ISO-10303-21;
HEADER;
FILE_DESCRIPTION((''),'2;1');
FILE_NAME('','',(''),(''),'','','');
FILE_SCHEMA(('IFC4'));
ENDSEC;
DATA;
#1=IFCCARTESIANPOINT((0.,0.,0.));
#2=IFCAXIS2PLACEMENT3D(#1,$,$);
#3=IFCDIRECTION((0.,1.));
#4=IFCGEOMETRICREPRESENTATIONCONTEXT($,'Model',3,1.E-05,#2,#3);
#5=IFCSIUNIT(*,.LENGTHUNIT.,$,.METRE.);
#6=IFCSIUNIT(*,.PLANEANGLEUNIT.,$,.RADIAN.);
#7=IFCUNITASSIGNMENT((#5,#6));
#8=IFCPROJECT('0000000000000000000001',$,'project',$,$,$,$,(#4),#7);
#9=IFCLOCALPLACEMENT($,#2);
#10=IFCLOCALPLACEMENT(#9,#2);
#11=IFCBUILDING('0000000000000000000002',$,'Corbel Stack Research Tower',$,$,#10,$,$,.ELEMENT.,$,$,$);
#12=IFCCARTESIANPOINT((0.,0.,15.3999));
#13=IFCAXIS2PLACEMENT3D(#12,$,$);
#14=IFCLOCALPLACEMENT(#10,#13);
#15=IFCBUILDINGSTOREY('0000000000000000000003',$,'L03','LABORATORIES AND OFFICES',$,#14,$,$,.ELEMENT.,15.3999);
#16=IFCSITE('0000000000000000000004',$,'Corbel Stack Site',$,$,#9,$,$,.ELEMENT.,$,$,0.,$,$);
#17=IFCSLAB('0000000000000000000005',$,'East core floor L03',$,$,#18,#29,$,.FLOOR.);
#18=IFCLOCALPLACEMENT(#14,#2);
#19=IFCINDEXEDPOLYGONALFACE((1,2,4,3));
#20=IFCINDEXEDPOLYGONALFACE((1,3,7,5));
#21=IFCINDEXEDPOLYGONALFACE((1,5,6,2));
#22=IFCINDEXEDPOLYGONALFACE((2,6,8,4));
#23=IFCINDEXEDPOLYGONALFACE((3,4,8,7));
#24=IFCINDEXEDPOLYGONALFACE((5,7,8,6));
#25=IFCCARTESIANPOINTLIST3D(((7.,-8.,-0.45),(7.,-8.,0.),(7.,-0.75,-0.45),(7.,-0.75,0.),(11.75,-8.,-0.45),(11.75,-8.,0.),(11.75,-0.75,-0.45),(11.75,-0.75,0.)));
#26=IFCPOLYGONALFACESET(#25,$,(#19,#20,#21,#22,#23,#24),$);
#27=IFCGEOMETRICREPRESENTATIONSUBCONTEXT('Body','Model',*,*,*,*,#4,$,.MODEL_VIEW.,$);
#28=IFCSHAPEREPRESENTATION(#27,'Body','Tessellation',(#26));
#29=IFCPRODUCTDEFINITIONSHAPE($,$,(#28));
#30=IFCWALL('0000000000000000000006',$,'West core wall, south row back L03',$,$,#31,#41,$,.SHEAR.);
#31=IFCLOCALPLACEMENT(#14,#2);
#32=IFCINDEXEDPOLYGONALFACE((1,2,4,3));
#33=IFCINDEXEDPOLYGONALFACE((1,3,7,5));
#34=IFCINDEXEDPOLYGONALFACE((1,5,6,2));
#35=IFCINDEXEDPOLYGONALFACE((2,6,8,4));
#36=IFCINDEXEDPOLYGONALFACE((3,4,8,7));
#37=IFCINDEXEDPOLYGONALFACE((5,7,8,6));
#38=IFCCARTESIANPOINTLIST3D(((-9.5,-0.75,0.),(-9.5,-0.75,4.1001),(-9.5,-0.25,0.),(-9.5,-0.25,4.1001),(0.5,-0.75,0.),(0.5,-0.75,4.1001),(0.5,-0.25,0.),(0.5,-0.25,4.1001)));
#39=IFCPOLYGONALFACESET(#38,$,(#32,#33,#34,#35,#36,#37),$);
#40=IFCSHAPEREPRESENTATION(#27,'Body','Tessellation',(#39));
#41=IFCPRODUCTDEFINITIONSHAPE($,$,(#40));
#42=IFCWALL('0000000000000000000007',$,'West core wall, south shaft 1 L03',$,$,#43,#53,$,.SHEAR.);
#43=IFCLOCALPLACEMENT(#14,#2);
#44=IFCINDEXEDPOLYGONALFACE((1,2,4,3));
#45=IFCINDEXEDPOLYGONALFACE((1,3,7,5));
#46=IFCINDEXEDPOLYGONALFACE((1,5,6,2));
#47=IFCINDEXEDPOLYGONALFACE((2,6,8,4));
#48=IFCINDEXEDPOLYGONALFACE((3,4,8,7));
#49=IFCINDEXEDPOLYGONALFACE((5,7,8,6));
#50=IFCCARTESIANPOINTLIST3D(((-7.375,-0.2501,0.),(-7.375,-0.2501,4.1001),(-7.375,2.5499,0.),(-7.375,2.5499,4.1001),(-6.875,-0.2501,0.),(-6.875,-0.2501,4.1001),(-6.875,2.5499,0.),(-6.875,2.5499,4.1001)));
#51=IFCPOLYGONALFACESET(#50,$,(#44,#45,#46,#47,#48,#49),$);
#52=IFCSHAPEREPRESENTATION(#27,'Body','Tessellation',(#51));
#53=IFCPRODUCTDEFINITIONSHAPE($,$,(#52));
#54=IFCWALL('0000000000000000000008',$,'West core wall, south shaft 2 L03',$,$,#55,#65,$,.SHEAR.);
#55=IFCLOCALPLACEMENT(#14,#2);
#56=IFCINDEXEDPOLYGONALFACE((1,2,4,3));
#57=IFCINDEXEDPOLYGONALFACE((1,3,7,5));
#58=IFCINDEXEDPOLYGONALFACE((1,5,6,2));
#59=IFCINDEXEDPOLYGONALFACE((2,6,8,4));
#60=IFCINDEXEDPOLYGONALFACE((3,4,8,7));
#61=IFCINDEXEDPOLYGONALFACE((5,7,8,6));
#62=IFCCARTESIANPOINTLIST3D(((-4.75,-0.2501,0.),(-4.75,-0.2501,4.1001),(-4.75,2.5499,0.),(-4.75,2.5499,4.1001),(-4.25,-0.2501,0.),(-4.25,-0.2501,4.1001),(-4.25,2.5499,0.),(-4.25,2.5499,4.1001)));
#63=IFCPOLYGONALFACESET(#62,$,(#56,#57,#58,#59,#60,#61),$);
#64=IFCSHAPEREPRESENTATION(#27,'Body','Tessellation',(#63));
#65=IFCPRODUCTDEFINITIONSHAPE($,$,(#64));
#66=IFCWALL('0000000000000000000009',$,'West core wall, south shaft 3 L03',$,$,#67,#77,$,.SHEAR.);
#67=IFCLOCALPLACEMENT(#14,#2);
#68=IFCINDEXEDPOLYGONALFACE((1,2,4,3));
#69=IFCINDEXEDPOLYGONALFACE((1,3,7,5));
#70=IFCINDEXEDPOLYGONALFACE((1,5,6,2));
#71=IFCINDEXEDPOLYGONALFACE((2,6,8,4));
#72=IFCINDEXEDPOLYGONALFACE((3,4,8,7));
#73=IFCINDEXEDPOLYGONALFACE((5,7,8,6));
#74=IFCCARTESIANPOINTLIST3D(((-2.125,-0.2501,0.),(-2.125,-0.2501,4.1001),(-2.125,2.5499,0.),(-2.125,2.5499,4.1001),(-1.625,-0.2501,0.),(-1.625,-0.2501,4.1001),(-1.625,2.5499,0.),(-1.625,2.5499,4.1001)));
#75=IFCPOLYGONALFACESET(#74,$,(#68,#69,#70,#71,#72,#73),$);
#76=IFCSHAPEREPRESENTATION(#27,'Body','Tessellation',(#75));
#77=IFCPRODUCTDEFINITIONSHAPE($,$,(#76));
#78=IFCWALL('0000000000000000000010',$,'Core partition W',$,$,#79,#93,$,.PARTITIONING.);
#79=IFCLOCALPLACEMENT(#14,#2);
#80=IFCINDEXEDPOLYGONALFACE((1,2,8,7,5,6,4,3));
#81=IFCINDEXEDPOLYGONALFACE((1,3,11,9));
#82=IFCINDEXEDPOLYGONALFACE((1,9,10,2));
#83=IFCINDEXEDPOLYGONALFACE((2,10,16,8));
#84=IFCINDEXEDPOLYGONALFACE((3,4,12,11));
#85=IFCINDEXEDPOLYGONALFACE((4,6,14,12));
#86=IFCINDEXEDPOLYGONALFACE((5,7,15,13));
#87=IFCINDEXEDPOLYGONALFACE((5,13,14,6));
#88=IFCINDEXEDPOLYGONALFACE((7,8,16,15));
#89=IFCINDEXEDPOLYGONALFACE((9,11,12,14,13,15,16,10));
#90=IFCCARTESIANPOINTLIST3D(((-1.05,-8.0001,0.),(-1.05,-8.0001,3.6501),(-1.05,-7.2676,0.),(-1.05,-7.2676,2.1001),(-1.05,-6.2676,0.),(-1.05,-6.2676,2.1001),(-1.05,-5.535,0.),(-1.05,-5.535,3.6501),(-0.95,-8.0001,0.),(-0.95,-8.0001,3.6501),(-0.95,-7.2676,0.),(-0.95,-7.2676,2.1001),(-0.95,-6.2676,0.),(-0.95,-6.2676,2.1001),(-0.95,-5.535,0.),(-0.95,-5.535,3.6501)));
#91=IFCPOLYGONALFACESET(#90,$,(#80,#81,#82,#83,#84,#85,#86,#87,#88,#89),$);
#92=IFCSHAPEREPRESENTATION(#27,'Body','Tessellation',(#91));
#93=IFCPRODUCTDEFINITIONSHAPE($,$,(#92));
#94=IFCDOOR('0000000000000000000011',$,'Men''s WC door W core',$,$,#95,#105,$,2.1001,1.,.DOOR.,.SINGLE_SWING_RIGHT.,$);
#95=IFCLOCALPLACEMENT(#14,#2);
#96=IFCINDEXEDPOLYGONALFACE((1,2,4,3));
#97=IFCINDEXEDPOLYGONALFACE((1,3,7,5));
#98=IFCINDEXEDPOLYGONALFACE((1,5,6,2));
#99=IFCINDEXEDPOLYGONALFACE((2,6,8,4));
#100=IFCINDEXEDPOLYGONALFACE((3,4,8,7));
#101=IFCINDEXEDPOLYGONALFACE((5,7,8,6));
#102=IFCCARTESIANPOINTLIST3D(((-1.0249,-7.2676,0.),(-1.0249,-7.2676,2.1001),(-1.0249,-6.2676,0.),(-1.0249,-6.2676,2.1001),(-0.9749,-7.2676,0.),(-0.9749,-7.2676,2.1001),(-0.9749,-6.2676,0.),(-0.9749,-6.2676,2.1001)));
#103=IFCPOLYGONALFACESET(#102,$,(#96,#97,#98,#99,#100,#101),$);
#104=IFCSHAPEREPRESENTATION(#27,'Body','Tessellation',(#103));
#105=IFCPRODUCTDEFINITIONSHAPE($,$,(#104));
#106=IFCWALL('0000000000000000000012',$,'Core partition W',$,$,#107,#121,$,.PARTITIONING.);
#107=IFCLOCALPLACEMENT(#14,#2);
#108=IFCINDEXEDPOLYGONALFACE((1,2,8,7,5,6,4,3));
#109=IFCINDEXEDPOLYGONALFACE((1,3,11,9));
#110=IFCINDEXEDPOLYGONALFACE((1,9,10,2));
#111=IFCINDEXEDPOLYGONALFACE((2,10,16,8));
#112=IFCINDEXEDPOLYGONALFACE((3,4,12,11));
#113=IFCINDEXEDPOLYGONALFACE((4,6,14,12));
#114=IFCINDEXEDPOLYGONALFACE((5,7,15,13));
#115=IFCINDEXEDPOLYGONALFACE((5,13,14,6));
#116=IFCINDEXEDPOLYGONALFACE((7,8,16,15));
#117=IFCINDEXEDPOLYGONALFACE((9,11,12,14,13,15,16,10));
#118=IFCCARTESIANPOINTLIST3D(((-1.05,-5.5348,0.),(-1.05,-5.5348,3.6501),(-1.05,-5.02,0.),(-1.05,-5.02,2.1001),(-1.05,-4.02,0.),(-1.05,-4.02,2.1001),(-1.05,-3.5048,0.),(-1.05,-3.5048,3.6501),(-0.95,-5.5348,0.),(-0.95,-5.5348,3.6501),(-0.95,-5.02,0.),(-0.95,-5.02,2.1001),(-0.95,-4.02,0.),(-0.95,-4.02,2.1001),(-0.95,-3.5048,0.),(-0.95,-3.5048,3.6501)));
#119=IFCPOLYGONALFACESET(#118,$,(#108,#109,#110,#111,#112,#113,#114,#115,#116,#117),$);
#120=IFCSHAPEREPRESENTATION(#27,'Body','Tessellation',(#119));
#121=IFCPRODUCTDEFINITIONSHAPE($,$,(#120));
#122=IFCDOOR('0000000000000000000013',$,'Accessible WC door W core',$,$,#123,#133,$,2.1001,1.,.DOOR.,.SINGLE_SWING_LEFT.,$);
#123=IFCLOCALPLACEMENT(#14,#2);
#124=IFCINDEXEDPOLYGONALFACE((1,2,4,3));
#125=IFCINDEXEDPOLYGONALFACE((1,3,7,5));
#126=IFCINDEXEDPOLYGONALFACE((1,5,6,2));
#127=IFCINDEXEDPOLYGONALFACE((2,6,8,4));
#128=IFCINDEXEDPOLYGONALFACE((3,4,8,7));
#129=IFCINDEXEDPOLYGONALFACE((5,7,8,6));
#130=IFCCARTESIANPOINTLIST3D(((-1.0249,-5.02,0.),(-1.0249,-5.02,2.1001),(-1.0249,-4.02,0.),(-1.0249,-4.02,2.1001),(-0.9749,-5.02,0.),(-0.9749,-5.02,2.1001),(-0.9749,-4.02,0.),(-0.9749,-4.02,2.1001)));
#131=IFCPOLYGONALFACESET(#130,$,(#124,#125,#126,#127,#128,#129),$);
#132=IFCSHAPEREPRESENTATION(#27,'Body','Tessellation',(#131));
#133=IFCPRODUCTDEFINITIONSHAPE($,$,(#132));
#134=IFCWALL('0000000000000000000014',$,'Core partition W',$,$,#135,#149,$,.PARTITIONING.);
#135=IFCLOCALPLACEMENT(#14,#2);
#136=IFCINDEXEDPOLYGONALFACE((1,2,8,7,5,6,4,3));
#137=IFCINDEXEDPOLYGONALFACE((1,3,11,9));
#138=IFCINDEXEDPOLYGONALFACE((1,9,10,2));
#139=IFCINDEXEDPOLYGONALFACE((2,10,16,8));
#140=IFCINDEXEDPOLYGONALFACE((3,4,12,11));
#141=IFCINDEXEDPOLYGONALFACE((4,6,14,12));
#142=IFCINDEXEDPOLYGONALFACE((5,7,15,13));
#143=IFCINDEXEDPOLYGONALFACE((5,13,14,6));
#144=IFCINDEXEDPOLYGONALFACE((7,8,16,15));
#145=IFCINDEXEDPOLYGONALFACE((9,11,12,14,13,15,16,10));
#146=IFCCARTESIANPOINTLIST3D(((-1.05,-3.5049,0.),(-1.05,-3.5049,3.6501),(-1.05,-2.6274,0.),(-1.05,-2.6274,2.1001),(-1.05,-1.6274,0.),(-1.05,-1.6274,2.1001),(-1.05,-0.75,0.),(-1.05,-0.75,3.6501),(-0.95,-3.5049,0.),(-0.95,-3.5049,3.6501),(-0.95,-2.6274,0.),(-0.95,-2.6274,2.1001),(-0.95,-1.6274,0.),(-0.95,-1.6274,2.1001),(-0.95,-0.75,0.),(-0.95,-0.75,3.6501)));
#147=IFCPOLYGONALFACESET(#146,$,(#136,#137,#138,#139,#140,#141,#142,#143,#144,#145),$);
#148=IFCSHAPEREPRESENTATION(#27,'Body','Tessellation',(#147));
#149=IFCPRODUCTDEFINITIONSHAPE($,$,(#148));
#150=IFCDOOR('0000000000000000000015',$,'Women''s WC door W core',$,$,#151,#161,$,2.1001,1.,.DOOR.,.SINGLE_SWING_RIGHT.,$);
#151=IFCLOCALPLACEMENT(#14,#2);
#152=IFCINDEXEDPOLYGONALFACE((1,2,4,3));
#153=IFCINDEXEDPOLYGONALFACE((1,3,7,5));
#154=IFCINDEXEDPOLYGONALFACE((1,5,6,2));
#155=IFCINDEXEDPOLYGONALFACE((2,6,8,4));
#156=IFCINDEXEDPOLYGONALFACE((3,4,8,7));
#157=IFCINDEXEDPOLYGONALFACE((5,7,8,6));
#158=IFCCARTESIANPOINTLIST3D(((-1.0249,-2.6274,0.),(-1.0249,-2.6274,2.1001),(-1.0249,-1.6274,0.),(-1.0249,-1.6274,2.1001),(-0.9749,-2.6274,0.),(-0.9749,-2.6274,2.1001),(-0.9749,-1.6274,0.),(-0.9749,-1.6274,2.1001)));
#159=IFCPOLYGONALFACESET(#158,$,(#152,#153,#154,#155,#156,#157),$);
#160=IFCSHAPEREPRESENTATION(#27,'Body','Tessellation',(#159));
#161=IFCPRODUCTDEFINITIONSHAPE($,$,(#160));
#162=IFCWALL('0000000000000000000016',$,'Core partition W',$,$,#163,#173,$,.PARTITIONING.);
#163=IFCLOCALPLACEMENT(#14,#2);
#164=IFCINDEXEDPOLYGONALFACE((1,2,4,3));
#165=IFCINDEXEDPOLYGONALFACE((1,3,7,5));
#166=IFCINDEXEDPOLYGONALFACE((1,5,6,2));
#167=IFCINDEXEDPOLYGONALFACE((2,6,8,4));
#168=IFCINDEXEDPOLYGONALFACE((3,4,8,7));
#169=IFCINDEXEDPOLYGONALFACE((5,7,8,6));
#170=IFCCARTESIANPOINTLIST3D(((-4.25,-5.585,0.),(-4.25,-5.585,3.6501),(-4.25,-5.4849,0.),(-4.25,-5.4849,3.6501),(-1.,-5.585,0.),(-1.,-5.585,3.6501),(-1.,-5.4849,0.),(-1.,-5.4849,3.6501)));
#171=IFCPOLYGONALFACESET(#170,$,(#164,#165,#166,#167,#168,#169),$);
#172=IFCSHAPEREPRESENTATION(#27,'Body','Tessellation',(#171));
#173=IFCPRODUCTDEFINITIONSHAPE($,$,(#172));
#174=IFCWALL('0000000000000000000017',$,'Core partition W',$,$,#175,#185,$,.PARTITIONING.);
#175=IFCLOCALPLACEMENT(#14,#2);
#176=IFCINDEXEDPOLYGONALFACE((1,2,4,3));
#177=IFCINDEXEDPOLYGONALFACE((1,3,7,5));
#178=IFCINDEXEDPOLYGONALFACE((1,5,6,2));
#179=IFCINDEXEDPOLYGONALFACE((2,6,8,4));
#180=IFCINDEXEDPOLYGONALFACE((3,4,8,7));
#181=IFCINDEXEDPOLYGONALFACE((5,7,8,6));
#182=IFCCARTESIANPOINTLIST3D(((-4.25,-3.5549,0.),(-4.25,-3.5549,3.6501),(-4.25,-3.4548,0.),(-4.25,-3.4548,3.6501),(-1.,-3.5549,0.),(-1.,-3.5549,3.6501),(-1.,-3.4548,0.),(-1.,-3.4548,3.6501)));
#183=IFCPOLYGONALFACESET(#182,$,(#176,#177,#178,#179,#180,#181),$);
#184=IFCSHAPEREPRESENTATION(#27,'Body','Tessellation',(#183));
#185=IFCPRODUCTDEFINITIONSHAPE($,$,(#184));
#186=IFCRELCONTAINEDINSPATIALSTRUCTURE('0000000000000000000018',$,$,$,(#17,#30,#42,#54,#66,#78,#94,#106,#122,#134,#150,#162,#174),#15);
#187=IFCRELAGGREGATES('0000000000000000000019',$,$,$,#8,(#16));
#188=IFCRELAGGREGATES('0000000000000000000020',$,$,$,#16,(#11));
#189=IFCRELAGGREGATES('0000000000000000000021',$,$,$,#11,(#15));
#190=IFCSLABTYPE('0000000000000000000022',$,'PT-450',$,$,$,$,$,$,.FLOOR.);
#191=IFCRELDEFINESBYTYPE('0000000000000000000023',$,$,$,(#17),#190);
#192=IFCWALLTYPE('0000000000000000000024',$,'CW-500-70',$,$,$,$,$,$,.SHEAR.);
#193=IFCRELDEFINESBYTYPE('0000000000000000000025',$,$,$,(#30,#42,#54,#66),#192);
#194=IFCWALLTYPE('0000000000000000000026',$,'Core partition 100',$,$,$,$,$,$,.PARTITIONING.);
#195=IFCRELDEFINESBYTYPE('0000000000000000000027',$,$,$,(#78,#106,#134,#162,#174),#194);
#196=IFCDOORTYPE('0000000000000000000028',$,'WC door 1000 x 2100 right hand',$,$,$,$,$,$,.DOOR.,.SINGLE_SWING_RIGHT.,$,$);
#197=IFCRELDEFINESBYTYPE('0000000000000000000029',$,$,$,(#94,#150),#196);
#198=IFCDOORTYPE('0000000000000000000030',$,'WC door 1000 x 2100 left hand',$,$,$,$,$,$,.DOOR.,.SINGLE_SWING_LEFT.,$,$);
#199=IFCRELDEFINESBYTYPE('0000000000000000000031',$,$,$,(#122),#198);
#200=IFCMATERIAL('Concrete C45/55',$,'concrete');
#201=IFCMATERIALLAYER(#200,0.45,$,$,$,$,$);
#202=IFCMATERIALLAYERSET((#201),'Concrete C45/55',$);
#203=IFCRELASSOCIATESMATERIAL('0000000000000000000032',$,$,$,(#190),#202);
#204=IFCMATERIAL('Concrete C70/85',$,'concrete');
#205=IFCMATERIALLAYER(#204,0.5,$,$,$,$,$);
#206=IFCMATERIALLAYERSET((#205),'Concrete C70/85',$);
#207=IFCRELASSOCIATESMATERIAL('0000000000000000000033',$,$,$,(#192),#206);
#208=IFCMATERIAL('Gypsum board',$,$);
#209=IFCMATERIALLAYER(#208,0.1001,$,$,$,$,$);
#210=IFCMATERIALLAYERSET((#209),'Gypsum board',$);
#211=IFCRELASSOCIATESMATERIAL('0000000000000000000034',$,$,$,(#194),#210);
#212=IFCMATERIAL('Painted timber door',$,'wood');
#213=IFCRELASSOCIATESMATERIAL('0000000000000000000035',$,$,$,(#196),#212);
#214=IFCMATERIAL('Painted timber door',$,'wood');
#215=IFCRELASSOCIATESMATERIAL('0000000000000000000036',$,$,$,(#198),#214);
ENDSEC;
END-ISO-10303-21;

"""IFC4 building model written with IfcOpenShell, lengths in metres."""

from ifc_helpers import new_model, si_unit, direction, frame, frame_2d, origin, place, context, subcontext, project, spatial, polyline, rectangle, outline, extrude, material, layer, layer_set, type_object, element, fill, save


model = new_model("IFC4")

# Units and contexts
model_context = context("Model", 3, precision=1e-05, world=origin(), true_north=direction((0.0, 1.0)))
body_context = subcontext(model_context, "Body", "Model", "MODEL_VIEW")
ifc_project = project(units=[si_unit("LENGTHUNIT", "METRE"), si_unit("PLANEANGLEUNIT", "RADIAN")], contexts=[model_context])

# Site, building, storey
site_placement = place(None, origin())
site = spatial("IfcSite", under=ifc_project, at=site_placement, Name="Corbel Stack Site", CompositionType="ELEMENT", RefElevation=0.0)
building_placement = place(site_placement, origin())
building = spatial("IfcBuilding", under=site, at=building_placement, Name="Corbel Stack Research Tower", CompositionType="ELEMENT")
storey_placement = place(building_placement, frame((0.0, 0.0, 15.3999)))
storey = spatial("IfcBuildingStorey", under=building, at=storey_placement, Name="L03", Description="LABORATORIES AND OFFICES", CompositionType="ELEMENT", Elevation=15.3999)

# Slab
ifc_material_1 = material(Name="Concrete C45/55", Category="concrete")
ifc_layer_1 = layer(ifc_material_1, 0.45)
ifc_layer_set_1 = layer_set([ifc_layer_1], Name="Concrete C45/55")
slab_type = type_object("IfcSlabType", Name="PT-450", PredefinedType="FLOOR", material=ifc_layer_set_1)
slab_1_placement = place(storey_placement, frame((0.0, 0.0, -0.45)))
element("IfcSlab", 1, at=slab_1_placement, inside=storey, type_object=slab_type, Name="East core floor L03", PredefinedType="FLOOR", context=body_context, shape_type="SweptSolid", body=[
    extrude(outline(polyline([(7.0, -0.75), (7.0, -8.0), (11.75, -8.0), (11.75, -0.75), (7.0, -0.75)])), origin(), (0.0, 0.0, 1.0), 0.45),
])

# Walls
ifc_material_2 = material(Name="Concrete C70/85", Category="concrete")
ifc_layer_2 = layer(ifc_material_2, 0.5)
ifc_layer_set_2 = layer_set([ifc_layer_2], Name="Concrete C70/85")
wall_type_1 = type_object("IfcWallType", Name="CW-500-70", PredefinedType="SHEAR", material=ifc_layer_set_2)
wall_1_placement = place(storey_placement, frame((-9.5, -0.5, 0.0), z_axis=(0.0, 0.0, 1.0), x_axis=(1.0, 0.0, 0.0)))
element("IfcWall", 2, at=wall_1_placement, inside=storey, type_object=wall_type_1, Name="West core wall, south row back L03", PredefinedType="SHEAR", context=body_context, shape_type="SweptSolid", body=[
    extrude(rectangle(XDim=10.0, YDim=0.5, at=frame_2d((5.0, 0.0))), origin(), (0.0, 0.0, 1.0), 4.1001),
])
for number, where, z_axis, x_axis, name in (
    (3, (-7.125, -0.25, 0.0), (0.0, 0.0, 1.0), (0.0, 1.0, 0.0), "West core wall, south shaft 1 L03"),
    (4, (-4.5, -0.25, 0.0), (0.0, 0.0, 1.0), (0.0, 1.0, 0.0), "West core wall, south shaft 2 L03"),
    (5, (-1.875, -0.25, 0.0), (0.0, 0.0, 1.0), (0.0, 1.0, 0.0), "West core wall, south shaft 3 L03"),
):
    element("IfcWall", number, at=place(storey_placement, frame(where, z_axis=z_axis, x_axis=x_axis)), inside=storey, type_object=wall_type_1, Name=name, PredefinedType="SHEAR", context=body_context, shape_type="SweptSolid", body=[
        extrude(rectangle(XDim=2.8, YDim=0.5, at=frame_2d((1.3999, 0.0))), origin(), (0.0, 0.0, 1.0), 4.1001),
    ])

# Walls, openings, doors
ifc_material_3 = material(Name="Gypsum board")
ifc_layer_3 = layer(ifc_material_3, 0.1001)
ifc_layer_set_3 = layer_set([ifc_layer_3], Name="Gypsum board")
wall_type_2 = type_object("IfcWallType", Name="Core partition 100", PredefinedType="PARTITIONING", material=ifc_layer_set_3)
wall_2_placement = place(storey_placement, frame((-1.0, -8.0, 0.0), z_axis=(0.0, 0.0, 1.0), x_axis=(0.0, 1.0, 0.0)))
wall_2 = element("IfcWall", 6, at=wall_2_placement, inside=storey, type_object=wall_type_2, Name="Core partition W", PredefinedType="PARTITIONING", context=body_context, shape_type="SweptSolid", body=[
    extrude(rectangle(XDim=2.4651, YDim=0.1001, at=frame_2d((1.2324, 0.0))), origin(), (0.0, 0.0, 1.0), 3.6501),
])
opening_1_placement = place(wall_2_placement, frame((0.7324, 0.0, 0.0)))
opening_1 = element("IfcOpeningElement", 7, at=opening_1_placement, cuts=wall_2, PredefinedType="OPENING", context=body_context, shape_type="SweptSolid", body=[
    extrude(rectangle(XDim=1.0, YDim=2.1001, at=frame_2d((0.5, 1.05))), frame((0.0, 0.0601, 0.0), z_axis=(0.0, -1.0, 0.0), x_axis=(1.0, 0.0, 0.0)), (0.0, 0.0, 1.0), 0.1201),
])
ifc_material_4 = material(Name="Painted timber door", Category="wood")
door_type_1 = type_object("IfcDoorType", Name="WC door 1000 x 2100 right hand", OperationType="SINGLE_SWING_RIGHT", PredefinedType="DOOR", material=ifc_material_4)
door_1_placement = place(opening_1_placement, origin())
door_1 = element("IfcDoor", 8, at=door_1_placement, inside=storey, type_object=door_type_1, Name="Men's WC door W core", OperationType="SINGLE_SWING_RIGHT", OverallHeight=2.1001, OverallWidth=1.0, PredefinedType="DOOR", context=body_context, shape_type="SweptSolid", body=[
    extrude(rectangle(XDim=1.0, YDim=2.1001, at=frame_2d((0.5, 1.05))), frame((0.0, 0.0249, 0.0), z_axis=(0.0, -1.0, 0.0), x_axis=(1.0, 0.0, 0.0)), (0.0, 0.0, 1.0), 0.05),
])
fill(opening_1, door_1)
wall_3_placement = place(storey_placement, frame((-1.0, -5.5349, 0.0), z_axis=(0.0, 0.0, 1.0), x_axis=(0.0, 1.0, 0.0)))
wall_3 = element("IfcWall", 9, at=wall_3_placement, inside=storey, type_object=wall_type_2, Name="Core partition W", PredefinedType="PARTITIONING", context=body_context, shape_type="SweptSolid", body=[
    extrude(rectangle(XDim=2.03, YDim=0.1001, at=frame_2d((1.0151, 0.0))), origin(), (0.0, 0.0, 1.0), 3.6501),
])
opening_2_placement = place(wall_3_placement, frame((0.5149, 0.0, 0.0)))
opening_2 = element("IfcOpeningElement", 10, at=opening_2_placement, cuts=wall_3, PredefinedType="OPENING", context=body_context, shape_type="SweptSolid", body=[
    extrude(rectangle(XDim=1.0, YDim=2.1001, at=frame_2d((0.5, 1.05))), frame((0.0, 0.0601, 0.0), z_axis=(0.0, -1.0, 0.0), x_axis=(1.0, 0.0, 0.0)), (0.0, 0.0, 1.0), 0.1201),
])
ifc_material_5 = material(Name="Painted timber door", Category="wood")
door_type_2 = type_object("IfcDoorType", Name="WC door 1000 x 2100 left hand", OperationType="SINGLE_SWING_LEFT", PredefinedType="DOOR", material=ifc_material_5)
door_2_placement = place(opening_2_placement, origin())
door_2 = element("IfcDoor", 11, at=door_2_placement, inside=storey, type_object=door_type_2, Name="Accessible WC door W core", OperationType="SINGLE_SWING_LEFT", OverallHeight=2.1001, OverallWidth=1.0, PredefinedType="DOOR", context=body_context, shape_type="SweptSolid", body=[
    extrude(rectangle(XDim=1.0, YDim=2.1001, at=frame_2d((0.5, 1.05))), frame((0.0, 0.0249, 0.0), z_axis=(0.0, -1.0, 0.0), x_axis=(1.0, 0.0, 0.0)), (0.0, 0.0, 1.0), 0.05),
])
fill(opening_2, door_2)
wall_4_placement = place(storey_placement, frame((-1.0, -3.5049, 0.0), z_axis=(0.0, 0.0, 1.0), x_axis=(0.0, 1.0, 0.0)))
wall_4 = element("IfcWall", 12, at=wall_4_placement, inside=storey, type_object=wall_type_2, Name="Core partition W", PredefinedType="PARTITIONING", context=body_context, shape_type="SweptSolid", body=[
    extrude(rectangle(XDim=2.7549, YDim=0.1001, at=frame_2d((1.3774, 0.0))), origin(), (0.0, 0.0, 1.0), 3.6501),
])
opening_3_placement = place(wall_4_placement, frame((0.8774, 0.0, 0.0)))
opening_3 = element("IfcOpeningElement", 13, at=opening_3_placement, cuts=wall_4, PredefinedType="OPENING", context=body_context, shape_type="SweptSolid", body=[
    extrude(rectangle(XDim=1.0, YDim=2.1001, at=frame_2d((0.5, 1.05))), frame((0.0, 0.0601, 0.0), z_axis=(0.0, -1.0, 0.0), x_axis=(1.0, 0.0, 0.0)), (0.0, 0.0, 1.0), 0.1201),
])
door_3_placement = place(opening_3_placement, origin())
door_3 = element("IfcDoor", 14, at=door_3_placement, inside=storey, type_object=door_type_1, Name="Women's WC door W core", OperationType="SINGLE_SWING_RIGHT", OverallHeight=2.1001, OverallWidth=1.0, PredefinedType="DOOR", context=body_context, shape_type="SweptSolid", body=[
    extrude(rectangle(XDim=1.0, YDim=2.1001, at=frame_2d((0.5, 1.05))), frame((0.0, 0.0249, 0.0), z_axis=(0.0, -1.0, 0.0), x_axis=(1.0, 0.0, 0.0)), (0.0, 0.0, 1.0), 0.05),
])
fill(opening_3, door_3)

# Walls
for number, where, z_axis, x_axis, name in (
    (15, (-4.25, -5.5349, 0.0), (0.0, 0.0, 1.0), (1.0, 0.0, 0.0), "Core partition W"),
    (16, (-4.25, -3.5049, 0.0), (0.0, 0.0, 1.0), (1.0, 0.0, 0.0), "Core partition W"),
):
    element("IfcWall", number, at=place(storey_placement, frame(where, z_axis=z_axis, x_axis=x_axis)), inside=storey, type_object=wall_type_2, Name=name, PredefinedType="PARTITIONING", context=body_context, shape_type="SweptSolid", body=[
        extrude(rectangle(XDim=3.25, YDim=0.1001, at=frame_2d((1.625, 0.0))), origin(), (0.0, 0.0, 1.0), 3.6501),
    ])

save(model, "model.ifc")
